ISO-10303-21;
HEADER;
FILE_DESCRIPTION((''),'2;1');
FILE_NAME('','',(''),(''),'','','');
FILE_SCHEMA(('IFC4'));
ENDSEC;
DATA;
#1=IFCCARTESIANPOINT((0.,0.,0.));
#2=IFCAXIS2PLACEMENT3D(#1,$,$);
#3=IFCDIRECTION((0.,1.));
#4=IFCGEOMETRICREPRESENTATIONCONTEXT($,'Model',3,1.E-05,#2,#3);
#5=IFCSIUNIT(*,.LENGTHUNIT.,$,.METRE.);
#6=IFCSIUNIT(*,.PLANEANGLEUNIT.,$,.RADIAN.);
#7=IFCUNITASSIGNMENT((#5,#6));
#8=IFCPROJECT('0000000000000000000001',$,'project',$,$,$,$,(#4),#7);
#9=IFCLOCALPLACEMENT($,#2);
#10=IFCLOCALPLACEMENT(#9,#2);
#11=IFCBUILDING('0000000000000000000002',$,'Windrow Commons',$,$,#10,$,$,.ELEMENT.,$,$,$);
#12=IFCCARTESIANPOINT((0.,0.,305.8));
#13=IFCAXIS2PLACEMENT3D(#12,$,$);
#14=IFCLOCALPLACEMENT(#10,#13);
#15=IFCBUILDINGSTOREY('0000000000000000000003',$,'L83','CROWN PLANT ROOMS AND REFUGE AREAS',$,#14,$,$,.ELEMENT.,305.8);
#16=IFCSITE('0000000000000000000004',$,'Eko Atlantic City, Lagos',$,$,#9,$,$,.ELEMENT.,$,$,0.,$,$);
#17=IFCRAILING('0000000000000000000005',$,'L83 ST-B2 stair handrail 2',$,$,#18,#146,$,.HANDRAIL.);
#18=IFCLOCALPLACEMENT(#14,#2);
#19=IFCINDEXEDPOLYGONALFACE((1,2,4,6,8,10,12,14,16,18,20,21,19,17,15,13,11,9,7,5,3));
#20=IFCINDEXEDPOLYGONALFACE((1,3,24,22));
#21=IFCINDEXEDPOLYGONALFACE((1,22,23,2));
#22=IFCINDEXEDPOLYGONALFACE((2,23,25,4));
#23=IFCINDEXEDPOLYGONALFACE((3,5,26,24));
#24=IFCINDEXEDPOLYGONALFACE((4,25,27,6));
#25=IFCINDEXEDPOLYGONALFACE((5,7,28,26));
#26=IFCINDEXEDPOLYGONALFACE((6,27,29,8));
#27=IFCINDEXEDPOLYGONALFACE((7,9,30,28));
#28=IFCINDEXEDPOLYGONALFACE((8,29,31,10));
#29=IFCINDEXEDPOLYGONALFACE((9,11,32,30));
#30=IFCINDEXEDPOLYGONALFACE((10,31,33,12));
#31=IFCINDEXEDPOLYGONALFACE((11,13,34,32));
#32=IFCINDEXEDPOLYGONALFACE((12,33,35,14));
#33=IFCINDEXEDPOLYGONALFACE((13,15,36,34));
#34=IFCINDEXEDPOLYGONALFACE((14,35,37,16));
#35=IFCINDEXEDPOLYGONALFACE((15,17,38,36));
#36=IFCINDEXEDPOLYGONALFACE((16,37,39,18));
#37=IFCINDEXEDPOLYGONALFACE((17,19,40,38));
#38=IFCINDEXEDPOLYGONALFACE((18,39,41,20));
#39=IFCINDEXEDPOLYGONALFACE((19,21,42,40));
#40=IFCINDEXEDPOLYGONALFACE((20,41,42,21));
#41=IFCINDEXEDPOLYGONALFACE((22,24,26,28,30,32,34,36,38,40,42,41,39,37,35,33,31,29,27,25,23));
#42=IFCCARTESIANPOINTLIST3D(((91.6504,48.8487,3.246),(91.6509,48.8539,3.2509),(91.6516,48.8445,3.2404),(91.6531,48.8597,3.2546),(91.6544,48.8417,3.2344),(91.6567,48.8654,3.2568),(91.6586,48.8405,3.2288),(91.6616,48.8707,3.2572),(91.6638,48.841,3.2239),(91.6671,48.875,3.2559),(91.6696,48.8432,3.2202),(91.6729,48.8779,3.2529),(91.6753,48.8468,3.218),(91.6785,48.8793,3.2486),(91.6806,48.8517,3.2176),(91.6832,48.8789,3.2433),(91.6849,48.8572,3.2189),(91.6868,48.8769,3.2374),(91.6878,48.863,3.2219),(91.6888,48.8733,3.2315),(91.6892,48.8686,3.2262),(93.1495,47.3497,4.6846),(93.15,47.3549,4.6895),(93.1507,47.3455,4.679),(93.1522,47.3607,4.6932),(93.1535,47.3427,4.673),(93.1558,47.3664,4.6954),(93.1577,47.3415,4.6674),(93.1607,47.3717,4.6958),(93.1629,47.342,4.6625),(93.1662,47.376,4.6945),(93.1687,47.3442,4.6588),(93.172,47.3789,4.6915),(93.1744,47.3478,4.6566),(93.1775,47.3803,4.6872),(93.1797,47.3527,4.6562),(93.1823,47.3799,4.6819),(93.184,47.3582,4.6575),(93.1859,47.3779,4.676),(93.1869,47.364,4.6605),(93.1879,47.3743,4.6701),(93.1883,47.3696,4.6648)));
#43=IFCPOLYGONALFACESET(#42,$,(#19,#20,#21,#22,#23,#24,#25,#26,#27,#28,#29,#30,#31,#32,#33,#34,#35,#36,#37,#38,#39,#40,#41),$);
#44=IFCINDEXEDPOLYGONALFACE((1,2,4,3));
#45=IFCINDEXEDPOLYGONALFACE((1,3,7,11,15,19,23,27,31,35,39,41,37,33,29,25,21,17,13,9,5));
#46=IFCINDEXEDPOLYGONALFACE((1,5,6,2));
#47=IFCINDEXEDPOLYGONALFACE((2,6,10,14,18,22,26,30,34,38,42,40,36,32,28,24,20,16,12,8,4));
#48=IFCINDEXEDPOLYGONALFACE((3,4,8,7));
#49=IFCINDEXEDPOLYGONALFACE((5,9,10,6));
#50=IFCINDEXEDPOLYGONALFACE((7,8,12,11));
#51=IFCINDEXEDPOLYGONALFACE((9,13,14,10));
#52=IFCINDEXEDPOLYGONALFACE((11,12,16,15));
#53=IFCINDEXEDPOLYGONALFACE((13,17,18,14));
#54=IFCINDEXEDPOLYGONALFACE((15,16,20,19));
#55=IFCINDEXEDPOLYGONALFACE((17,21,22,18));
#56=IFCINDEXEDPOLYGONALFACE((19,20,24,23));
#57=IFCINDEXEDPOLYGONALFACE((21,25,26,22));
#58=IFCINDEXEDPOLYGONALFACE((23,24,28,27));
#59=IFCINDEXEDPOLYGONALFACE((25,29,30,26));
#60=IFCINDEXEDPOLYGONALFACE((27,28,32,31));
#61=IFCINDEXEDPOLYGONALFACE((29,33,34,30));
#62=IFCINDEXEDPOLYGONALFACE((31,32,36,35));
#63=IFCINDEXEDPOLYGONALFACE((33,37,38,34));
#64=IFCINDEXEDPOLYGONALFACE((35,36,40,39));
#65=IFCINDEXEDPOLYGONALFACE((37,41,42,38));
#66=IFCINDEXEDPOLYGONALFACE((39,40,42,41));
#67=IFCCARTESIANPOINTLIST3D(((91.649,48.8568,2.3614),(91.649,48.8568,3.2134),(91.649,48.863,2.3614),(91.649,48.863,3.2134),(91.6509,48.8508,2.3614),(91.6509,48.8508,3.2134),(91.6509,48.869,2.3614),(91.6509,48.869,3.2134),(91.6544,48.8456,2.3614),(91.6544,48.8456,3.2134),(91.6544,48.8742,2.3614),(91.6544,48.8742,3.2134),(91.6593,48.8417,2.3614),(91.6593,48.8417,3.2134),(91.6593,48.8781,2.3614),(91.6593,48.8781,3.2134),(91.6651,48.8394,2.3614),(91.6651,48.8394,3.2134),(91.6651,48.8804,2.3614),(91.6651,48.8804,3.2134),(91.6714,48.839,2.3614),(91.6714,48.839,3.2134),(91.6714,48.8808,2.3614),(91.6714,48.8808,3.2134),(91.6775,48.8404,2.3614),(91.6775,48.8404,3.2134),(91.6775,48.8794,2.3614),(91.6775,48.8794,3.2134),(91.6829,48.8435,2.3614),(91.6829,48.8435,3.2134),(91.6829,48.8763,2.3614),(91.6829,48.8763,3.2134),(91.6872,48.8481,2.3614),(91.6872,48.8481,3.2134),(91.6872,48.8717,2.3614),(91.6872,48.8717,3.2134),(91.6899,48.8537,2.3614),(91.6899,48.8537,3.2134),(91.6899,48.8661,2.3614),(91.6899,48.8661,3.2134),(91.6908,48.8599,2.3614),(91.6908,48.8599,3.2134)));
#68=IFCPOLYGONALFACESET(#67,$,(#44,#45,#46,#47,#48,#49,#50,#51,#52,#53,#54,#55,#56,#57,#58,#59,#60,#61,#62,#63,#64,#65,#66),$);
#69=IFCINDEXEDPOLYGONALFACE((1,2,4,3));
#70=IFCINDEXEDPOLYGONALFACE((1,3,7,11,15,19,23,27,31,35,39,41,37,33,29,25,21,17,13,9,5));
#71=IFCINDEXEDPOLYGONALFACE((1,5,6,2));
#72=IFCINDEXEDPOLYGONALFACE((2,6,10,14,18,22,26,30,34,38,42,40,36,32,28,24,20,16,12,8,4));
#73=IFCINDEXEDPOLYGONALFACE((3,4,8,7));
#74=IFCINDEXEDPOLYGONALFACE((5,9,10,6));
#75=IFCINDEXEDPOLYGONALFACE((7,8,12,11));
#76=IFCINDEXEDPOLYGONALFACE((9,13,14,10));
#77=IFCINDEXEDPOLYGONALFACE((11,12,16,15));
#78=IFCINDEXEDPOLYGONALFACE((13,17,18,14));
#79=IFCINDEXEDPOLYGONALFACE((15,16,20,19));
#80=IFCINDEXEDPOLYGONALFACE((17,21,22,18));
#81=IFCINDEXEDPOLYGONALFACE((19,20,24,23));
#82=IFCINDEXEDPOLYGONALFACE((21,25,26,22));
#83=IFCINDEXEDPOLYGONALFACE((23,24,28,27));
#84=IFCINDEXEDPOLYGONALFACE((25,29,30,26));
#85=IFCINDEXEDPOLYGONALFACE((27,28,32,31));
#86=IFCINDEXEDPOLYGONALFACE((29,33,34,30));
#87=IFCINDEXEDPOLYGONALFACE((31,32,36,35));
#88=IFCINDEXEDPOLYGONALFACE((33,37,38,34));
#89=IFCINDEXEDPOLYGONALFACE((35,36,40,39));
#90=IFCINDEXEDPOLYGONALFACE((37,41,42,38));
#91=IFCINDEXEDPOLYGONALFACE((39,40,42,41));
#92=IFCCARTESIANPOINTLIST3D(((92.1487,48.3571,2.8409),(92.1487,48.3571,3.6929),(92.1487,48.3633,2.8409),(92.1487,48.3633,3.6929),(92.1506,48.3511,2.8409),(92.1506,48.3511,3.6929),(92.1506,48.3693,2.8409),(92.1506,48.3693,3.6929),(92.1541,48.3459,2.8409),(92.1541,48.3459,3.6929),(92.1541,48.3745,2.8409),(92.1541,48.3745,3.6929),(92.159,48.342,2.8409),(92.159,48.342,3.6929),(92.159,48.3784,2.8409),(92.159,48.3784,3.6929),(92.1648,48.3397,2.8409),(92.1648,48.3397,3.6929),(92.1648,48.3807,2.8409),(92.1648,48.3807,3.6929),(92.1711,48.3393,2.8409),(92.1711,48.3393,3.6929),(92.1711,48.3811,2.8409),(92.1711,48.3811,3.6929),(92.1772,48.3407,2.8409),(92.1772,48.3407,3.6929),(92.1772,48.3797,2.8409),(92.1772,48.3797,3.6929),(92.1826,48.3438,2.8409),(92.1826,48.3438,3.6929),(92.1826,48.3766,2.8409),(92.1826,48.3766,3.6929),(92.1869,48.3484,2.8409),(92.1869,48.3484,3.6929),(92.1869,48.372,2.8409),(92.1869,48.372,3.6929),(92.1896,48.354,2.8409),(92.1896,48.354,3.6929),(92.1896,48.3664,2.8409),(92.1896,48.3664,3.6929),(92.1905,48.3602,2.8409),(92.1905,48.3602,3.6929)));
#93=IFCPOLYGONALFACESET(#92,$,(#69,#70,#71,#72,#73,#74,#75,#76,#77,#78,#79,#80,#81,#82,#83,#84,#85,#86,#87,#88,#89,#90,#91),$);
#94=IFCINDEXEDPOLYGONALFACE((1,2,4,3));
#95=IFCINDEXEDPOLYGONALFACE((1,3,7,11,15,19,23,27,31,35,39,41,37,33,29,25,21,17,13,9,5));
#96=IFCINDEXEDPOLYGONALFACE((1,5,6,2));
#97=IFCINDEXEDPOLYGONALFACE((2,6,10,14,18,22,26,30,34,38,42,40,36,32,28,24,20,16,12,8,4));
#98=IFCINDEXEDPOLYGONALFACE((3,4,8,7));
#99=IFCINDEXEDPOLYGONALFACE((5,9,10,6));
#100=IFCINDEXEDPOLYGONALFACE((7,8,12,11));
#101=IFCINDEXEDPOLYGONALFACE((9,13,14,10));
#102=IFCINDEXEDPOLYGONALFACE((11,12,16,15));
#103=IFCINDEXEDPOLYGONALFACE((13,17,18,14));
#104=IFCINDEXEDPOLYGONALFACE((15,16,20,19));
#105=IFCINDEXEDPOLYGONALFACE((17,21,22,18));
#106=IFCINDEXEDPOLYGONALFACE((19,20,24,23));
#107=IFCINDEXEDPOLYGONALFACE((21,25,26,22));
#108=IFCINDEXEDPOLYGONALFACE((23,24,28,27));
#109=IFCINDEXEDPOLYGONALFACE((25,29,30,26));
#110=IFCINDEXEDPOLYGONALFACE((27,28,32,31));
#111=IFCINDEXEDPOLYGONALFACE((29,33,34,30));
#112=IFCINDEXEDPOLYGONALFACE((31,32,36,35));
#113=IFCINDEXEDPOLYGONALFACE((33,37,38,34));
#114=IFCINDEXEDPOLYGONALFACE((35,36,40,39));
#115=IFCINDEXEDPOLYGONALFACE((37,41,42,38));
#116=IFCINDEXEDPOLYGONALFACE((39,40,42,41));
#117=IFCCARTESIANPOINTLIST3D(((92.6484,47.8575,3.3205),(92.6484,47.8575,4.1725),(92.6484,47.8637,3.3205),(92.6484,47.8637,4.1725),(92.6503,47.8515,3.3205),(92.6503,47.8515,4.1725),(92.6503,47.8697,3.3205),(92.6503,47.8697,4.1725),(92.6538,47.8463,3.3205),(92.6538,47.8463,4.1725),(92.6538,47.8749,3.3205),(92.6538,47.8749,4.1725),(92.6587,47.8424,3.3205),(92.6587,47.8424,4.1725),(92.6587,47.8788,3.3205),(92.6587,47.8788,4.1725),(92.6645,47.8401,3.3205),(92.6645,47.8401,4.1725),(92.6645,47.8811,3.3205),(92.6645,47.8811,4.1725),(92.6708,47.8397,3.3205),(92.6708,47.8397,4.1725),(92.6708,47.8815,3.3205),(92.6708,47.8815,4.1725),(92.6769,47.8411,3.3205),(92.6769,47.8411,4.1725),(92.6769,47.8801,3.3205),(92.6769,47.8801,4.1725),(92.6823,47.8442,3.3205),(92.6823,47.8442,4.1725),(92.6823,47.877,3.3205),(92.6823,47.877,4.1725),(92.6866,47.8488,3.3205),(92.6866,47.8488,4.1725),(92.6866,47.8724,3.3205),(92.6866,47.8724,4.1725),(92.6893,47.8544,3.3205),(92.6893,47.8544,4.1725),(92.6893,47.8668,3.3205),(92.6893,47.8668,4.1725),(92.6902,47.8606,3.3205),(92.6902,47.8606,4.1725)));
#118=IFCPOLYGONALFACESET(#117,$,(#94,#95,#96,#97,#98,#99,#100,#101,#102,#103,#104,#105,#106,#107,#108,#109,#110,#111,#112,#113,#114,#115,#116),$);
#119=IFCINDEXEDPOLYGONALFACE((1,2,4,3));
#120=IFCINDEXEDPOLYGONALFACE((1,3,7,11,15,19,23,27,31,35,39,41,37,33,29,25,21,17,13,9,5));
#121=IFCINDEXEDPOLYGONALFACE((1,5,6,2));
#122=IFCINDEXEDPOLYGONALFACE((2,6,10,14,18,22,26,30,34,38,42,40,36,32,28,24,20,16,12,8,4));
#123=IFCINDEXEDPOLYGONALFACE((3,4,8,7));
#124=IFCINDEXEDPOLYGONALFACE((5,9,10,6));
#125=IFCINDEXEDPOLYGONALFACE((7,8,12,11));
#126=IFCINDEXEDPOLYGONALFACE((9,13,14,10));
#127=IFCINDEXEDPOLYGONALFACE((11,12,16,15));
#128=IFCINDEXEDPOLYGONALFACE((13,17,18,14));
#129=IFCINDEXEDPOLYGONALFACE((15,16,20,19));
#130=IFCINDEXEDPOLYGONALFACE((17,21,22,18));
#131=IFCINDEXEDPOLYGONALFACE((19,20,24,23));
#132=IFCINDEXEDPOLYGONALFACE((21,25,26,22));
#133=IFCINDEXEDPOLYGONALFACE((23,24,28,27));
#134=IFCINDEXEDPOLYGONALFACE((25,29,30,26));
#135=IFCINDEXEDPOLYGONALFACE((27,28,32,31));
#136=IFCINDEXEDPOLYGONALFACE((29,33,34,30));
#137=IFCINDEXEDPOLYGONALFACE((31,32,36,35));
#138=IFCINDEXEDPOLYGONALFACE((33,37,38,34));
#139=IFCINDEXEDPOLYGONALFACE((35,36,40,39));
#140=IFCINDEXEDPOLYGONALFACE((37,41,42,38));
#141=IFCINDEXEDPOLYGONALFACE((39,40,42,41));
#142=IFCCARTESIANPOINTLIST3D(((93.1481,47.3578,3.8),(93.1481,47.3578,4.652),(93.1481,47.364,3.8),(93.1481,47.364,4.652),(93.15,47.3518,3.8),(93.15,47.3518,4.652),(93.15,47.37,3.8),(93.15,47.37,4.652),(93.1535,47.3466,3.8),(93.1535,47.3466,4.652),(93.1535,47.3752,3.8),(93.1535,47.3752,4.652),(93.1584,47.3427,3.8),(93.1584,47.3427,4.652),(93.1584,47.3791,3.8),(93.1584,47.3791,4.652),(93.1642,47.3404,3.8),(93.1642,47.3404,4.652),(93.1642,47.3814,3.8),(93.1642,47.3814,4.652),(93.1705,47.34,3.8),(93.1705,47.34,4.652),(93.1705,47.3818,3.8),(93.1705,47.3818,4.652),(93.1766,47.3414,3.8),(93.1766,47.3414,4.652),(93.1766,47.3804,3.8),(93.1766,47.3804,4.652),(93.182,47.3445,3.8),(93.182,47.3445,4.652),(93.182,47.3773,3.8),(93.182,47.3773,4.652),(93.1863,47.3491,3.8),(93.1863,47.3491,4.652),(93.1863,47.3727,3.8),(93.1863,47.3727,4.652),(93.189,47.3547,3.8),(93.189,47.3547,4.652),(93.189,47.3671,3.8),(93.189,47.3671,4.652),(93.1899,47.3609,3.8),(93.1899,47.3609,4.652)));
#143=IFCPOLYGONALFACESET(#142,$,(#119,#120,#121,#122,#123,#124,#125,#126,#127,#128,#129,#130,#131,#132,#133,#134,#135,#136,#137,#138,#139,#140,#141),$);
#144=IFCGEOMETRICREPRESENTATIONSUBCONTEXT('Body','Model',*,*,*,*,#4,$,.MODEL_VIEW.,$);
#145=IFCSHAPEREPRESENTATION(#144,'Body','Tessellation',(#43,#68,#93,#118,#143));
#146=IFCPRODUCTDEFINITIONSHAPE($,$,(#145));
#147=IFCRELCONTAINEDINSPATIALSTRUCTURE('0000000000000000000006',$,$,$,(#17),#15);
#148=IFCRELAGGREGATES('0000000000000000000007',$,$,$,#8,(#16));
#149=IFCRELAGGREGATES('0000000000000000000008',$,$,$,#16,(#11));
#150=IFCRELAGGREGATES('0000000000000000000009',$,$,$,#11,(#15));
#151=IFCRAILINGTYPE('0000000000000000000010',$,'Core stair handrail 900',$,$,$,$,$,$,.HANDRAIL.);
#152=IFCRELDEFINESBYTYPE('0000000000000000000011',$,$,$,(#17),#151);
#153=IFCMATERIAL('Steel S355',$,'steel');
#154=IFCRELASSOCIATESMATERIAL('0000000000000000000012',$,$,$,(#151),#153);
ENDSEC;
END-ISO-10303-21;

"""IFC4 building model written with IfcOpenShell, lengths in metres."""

from ifc_helpers import new_model, si_unit, direction, frame, origin, origin_2d, place, context, subcontext, project, spatial, circle, extrude, material, type_object, element, save


model = new_model("IFC4")

# Units and contexts
model_context = context("Model", 3, precision=1e-05, world=origin(), true_north=direction((0.0, 1.0)))
body_context = subcontext(model_context, "Body", "Model", "MODEL_VIEW")
ifc_project = project(units=[si_unit("LENGTHUNIT", "METRE"), si_unit("PLANEANGLEUNIT", "RADIAN")], contexts=[model_context])

# Site, building, storey
site_placement = place(None, origin())
site = spatial("IfcSite", under=ifc_project, at=site_placement, Name="Eko Atlantic City, Lagos", CompositionType="ELEMENT", RefElevation=0.0)
building_placement = place(site_placement, origin())
building = spatial("IfcBuilding", under=site, at=building_placement, Name="Windrow Commons", CompositionType="ELEMENT")
storey_placement = place(building_placement, frame((0.0, 0.0, 305.8)))
storey = spatial("IfcBuildingStorey", under=building, at=storey_placement, Name="L83", Description="CROWN PLANT ROOMS AND REFUGE AREAS", CompositionType="ELEMENT", Elevation=305.8)

# Railing
ifc_material_1 = material(Name="Steel S355", Category="steel")
railing_type_1 = type_object("IfcRailingType", Name="Core stair handrail 900", PredefinedType="HANDRAIL", material=ifc_material_1)
railing_1_placement = place(storey_placement, frame((91.6698, 48.8599, 2.3614)))
element("IfcRailing", 1, at=railing_1_placement, inside=storey, type_object=railing_type_1, Name="L83 ST-B2 stair handrail 2", PredefinedType="HANDRAIL", context=body_context, shape_type="SweptSolid", body=[
    extrude(circle(Radius=0.024, at=origin_2d()), frame((0.0, 0.0, 0.876), z_axis=(0.585128, -0.585089, 0.561513), x_axis=(0.707083, 0.70713, 0.0)), (0.0, 0.0, 1.0), 2.562),
    extrude(circle(Radius=0.021, at=origin_2d()), origin(), (0.0, 0.0, 1.0), 0.852),
    extrude(circle(Radius=0.021, at=origin_2d()), frame((0.4997, -0.4997, 0.4795)), (0.0, 0.0, 1.0), 0.852),
    extrude(circle(Radius=0.021, at=origin_2d()), frame((0.9994, -0.9993, 0.9591)), (0.0, 0.0, 1.0), 0.852),
    extrude(circle(Radius=0.021, at=origin_2d()), frame((1.4991, -1.499, 1.4386)), (0.0, 0.0, 1.0), 0.852),
])

save(model, "model.ifc")
